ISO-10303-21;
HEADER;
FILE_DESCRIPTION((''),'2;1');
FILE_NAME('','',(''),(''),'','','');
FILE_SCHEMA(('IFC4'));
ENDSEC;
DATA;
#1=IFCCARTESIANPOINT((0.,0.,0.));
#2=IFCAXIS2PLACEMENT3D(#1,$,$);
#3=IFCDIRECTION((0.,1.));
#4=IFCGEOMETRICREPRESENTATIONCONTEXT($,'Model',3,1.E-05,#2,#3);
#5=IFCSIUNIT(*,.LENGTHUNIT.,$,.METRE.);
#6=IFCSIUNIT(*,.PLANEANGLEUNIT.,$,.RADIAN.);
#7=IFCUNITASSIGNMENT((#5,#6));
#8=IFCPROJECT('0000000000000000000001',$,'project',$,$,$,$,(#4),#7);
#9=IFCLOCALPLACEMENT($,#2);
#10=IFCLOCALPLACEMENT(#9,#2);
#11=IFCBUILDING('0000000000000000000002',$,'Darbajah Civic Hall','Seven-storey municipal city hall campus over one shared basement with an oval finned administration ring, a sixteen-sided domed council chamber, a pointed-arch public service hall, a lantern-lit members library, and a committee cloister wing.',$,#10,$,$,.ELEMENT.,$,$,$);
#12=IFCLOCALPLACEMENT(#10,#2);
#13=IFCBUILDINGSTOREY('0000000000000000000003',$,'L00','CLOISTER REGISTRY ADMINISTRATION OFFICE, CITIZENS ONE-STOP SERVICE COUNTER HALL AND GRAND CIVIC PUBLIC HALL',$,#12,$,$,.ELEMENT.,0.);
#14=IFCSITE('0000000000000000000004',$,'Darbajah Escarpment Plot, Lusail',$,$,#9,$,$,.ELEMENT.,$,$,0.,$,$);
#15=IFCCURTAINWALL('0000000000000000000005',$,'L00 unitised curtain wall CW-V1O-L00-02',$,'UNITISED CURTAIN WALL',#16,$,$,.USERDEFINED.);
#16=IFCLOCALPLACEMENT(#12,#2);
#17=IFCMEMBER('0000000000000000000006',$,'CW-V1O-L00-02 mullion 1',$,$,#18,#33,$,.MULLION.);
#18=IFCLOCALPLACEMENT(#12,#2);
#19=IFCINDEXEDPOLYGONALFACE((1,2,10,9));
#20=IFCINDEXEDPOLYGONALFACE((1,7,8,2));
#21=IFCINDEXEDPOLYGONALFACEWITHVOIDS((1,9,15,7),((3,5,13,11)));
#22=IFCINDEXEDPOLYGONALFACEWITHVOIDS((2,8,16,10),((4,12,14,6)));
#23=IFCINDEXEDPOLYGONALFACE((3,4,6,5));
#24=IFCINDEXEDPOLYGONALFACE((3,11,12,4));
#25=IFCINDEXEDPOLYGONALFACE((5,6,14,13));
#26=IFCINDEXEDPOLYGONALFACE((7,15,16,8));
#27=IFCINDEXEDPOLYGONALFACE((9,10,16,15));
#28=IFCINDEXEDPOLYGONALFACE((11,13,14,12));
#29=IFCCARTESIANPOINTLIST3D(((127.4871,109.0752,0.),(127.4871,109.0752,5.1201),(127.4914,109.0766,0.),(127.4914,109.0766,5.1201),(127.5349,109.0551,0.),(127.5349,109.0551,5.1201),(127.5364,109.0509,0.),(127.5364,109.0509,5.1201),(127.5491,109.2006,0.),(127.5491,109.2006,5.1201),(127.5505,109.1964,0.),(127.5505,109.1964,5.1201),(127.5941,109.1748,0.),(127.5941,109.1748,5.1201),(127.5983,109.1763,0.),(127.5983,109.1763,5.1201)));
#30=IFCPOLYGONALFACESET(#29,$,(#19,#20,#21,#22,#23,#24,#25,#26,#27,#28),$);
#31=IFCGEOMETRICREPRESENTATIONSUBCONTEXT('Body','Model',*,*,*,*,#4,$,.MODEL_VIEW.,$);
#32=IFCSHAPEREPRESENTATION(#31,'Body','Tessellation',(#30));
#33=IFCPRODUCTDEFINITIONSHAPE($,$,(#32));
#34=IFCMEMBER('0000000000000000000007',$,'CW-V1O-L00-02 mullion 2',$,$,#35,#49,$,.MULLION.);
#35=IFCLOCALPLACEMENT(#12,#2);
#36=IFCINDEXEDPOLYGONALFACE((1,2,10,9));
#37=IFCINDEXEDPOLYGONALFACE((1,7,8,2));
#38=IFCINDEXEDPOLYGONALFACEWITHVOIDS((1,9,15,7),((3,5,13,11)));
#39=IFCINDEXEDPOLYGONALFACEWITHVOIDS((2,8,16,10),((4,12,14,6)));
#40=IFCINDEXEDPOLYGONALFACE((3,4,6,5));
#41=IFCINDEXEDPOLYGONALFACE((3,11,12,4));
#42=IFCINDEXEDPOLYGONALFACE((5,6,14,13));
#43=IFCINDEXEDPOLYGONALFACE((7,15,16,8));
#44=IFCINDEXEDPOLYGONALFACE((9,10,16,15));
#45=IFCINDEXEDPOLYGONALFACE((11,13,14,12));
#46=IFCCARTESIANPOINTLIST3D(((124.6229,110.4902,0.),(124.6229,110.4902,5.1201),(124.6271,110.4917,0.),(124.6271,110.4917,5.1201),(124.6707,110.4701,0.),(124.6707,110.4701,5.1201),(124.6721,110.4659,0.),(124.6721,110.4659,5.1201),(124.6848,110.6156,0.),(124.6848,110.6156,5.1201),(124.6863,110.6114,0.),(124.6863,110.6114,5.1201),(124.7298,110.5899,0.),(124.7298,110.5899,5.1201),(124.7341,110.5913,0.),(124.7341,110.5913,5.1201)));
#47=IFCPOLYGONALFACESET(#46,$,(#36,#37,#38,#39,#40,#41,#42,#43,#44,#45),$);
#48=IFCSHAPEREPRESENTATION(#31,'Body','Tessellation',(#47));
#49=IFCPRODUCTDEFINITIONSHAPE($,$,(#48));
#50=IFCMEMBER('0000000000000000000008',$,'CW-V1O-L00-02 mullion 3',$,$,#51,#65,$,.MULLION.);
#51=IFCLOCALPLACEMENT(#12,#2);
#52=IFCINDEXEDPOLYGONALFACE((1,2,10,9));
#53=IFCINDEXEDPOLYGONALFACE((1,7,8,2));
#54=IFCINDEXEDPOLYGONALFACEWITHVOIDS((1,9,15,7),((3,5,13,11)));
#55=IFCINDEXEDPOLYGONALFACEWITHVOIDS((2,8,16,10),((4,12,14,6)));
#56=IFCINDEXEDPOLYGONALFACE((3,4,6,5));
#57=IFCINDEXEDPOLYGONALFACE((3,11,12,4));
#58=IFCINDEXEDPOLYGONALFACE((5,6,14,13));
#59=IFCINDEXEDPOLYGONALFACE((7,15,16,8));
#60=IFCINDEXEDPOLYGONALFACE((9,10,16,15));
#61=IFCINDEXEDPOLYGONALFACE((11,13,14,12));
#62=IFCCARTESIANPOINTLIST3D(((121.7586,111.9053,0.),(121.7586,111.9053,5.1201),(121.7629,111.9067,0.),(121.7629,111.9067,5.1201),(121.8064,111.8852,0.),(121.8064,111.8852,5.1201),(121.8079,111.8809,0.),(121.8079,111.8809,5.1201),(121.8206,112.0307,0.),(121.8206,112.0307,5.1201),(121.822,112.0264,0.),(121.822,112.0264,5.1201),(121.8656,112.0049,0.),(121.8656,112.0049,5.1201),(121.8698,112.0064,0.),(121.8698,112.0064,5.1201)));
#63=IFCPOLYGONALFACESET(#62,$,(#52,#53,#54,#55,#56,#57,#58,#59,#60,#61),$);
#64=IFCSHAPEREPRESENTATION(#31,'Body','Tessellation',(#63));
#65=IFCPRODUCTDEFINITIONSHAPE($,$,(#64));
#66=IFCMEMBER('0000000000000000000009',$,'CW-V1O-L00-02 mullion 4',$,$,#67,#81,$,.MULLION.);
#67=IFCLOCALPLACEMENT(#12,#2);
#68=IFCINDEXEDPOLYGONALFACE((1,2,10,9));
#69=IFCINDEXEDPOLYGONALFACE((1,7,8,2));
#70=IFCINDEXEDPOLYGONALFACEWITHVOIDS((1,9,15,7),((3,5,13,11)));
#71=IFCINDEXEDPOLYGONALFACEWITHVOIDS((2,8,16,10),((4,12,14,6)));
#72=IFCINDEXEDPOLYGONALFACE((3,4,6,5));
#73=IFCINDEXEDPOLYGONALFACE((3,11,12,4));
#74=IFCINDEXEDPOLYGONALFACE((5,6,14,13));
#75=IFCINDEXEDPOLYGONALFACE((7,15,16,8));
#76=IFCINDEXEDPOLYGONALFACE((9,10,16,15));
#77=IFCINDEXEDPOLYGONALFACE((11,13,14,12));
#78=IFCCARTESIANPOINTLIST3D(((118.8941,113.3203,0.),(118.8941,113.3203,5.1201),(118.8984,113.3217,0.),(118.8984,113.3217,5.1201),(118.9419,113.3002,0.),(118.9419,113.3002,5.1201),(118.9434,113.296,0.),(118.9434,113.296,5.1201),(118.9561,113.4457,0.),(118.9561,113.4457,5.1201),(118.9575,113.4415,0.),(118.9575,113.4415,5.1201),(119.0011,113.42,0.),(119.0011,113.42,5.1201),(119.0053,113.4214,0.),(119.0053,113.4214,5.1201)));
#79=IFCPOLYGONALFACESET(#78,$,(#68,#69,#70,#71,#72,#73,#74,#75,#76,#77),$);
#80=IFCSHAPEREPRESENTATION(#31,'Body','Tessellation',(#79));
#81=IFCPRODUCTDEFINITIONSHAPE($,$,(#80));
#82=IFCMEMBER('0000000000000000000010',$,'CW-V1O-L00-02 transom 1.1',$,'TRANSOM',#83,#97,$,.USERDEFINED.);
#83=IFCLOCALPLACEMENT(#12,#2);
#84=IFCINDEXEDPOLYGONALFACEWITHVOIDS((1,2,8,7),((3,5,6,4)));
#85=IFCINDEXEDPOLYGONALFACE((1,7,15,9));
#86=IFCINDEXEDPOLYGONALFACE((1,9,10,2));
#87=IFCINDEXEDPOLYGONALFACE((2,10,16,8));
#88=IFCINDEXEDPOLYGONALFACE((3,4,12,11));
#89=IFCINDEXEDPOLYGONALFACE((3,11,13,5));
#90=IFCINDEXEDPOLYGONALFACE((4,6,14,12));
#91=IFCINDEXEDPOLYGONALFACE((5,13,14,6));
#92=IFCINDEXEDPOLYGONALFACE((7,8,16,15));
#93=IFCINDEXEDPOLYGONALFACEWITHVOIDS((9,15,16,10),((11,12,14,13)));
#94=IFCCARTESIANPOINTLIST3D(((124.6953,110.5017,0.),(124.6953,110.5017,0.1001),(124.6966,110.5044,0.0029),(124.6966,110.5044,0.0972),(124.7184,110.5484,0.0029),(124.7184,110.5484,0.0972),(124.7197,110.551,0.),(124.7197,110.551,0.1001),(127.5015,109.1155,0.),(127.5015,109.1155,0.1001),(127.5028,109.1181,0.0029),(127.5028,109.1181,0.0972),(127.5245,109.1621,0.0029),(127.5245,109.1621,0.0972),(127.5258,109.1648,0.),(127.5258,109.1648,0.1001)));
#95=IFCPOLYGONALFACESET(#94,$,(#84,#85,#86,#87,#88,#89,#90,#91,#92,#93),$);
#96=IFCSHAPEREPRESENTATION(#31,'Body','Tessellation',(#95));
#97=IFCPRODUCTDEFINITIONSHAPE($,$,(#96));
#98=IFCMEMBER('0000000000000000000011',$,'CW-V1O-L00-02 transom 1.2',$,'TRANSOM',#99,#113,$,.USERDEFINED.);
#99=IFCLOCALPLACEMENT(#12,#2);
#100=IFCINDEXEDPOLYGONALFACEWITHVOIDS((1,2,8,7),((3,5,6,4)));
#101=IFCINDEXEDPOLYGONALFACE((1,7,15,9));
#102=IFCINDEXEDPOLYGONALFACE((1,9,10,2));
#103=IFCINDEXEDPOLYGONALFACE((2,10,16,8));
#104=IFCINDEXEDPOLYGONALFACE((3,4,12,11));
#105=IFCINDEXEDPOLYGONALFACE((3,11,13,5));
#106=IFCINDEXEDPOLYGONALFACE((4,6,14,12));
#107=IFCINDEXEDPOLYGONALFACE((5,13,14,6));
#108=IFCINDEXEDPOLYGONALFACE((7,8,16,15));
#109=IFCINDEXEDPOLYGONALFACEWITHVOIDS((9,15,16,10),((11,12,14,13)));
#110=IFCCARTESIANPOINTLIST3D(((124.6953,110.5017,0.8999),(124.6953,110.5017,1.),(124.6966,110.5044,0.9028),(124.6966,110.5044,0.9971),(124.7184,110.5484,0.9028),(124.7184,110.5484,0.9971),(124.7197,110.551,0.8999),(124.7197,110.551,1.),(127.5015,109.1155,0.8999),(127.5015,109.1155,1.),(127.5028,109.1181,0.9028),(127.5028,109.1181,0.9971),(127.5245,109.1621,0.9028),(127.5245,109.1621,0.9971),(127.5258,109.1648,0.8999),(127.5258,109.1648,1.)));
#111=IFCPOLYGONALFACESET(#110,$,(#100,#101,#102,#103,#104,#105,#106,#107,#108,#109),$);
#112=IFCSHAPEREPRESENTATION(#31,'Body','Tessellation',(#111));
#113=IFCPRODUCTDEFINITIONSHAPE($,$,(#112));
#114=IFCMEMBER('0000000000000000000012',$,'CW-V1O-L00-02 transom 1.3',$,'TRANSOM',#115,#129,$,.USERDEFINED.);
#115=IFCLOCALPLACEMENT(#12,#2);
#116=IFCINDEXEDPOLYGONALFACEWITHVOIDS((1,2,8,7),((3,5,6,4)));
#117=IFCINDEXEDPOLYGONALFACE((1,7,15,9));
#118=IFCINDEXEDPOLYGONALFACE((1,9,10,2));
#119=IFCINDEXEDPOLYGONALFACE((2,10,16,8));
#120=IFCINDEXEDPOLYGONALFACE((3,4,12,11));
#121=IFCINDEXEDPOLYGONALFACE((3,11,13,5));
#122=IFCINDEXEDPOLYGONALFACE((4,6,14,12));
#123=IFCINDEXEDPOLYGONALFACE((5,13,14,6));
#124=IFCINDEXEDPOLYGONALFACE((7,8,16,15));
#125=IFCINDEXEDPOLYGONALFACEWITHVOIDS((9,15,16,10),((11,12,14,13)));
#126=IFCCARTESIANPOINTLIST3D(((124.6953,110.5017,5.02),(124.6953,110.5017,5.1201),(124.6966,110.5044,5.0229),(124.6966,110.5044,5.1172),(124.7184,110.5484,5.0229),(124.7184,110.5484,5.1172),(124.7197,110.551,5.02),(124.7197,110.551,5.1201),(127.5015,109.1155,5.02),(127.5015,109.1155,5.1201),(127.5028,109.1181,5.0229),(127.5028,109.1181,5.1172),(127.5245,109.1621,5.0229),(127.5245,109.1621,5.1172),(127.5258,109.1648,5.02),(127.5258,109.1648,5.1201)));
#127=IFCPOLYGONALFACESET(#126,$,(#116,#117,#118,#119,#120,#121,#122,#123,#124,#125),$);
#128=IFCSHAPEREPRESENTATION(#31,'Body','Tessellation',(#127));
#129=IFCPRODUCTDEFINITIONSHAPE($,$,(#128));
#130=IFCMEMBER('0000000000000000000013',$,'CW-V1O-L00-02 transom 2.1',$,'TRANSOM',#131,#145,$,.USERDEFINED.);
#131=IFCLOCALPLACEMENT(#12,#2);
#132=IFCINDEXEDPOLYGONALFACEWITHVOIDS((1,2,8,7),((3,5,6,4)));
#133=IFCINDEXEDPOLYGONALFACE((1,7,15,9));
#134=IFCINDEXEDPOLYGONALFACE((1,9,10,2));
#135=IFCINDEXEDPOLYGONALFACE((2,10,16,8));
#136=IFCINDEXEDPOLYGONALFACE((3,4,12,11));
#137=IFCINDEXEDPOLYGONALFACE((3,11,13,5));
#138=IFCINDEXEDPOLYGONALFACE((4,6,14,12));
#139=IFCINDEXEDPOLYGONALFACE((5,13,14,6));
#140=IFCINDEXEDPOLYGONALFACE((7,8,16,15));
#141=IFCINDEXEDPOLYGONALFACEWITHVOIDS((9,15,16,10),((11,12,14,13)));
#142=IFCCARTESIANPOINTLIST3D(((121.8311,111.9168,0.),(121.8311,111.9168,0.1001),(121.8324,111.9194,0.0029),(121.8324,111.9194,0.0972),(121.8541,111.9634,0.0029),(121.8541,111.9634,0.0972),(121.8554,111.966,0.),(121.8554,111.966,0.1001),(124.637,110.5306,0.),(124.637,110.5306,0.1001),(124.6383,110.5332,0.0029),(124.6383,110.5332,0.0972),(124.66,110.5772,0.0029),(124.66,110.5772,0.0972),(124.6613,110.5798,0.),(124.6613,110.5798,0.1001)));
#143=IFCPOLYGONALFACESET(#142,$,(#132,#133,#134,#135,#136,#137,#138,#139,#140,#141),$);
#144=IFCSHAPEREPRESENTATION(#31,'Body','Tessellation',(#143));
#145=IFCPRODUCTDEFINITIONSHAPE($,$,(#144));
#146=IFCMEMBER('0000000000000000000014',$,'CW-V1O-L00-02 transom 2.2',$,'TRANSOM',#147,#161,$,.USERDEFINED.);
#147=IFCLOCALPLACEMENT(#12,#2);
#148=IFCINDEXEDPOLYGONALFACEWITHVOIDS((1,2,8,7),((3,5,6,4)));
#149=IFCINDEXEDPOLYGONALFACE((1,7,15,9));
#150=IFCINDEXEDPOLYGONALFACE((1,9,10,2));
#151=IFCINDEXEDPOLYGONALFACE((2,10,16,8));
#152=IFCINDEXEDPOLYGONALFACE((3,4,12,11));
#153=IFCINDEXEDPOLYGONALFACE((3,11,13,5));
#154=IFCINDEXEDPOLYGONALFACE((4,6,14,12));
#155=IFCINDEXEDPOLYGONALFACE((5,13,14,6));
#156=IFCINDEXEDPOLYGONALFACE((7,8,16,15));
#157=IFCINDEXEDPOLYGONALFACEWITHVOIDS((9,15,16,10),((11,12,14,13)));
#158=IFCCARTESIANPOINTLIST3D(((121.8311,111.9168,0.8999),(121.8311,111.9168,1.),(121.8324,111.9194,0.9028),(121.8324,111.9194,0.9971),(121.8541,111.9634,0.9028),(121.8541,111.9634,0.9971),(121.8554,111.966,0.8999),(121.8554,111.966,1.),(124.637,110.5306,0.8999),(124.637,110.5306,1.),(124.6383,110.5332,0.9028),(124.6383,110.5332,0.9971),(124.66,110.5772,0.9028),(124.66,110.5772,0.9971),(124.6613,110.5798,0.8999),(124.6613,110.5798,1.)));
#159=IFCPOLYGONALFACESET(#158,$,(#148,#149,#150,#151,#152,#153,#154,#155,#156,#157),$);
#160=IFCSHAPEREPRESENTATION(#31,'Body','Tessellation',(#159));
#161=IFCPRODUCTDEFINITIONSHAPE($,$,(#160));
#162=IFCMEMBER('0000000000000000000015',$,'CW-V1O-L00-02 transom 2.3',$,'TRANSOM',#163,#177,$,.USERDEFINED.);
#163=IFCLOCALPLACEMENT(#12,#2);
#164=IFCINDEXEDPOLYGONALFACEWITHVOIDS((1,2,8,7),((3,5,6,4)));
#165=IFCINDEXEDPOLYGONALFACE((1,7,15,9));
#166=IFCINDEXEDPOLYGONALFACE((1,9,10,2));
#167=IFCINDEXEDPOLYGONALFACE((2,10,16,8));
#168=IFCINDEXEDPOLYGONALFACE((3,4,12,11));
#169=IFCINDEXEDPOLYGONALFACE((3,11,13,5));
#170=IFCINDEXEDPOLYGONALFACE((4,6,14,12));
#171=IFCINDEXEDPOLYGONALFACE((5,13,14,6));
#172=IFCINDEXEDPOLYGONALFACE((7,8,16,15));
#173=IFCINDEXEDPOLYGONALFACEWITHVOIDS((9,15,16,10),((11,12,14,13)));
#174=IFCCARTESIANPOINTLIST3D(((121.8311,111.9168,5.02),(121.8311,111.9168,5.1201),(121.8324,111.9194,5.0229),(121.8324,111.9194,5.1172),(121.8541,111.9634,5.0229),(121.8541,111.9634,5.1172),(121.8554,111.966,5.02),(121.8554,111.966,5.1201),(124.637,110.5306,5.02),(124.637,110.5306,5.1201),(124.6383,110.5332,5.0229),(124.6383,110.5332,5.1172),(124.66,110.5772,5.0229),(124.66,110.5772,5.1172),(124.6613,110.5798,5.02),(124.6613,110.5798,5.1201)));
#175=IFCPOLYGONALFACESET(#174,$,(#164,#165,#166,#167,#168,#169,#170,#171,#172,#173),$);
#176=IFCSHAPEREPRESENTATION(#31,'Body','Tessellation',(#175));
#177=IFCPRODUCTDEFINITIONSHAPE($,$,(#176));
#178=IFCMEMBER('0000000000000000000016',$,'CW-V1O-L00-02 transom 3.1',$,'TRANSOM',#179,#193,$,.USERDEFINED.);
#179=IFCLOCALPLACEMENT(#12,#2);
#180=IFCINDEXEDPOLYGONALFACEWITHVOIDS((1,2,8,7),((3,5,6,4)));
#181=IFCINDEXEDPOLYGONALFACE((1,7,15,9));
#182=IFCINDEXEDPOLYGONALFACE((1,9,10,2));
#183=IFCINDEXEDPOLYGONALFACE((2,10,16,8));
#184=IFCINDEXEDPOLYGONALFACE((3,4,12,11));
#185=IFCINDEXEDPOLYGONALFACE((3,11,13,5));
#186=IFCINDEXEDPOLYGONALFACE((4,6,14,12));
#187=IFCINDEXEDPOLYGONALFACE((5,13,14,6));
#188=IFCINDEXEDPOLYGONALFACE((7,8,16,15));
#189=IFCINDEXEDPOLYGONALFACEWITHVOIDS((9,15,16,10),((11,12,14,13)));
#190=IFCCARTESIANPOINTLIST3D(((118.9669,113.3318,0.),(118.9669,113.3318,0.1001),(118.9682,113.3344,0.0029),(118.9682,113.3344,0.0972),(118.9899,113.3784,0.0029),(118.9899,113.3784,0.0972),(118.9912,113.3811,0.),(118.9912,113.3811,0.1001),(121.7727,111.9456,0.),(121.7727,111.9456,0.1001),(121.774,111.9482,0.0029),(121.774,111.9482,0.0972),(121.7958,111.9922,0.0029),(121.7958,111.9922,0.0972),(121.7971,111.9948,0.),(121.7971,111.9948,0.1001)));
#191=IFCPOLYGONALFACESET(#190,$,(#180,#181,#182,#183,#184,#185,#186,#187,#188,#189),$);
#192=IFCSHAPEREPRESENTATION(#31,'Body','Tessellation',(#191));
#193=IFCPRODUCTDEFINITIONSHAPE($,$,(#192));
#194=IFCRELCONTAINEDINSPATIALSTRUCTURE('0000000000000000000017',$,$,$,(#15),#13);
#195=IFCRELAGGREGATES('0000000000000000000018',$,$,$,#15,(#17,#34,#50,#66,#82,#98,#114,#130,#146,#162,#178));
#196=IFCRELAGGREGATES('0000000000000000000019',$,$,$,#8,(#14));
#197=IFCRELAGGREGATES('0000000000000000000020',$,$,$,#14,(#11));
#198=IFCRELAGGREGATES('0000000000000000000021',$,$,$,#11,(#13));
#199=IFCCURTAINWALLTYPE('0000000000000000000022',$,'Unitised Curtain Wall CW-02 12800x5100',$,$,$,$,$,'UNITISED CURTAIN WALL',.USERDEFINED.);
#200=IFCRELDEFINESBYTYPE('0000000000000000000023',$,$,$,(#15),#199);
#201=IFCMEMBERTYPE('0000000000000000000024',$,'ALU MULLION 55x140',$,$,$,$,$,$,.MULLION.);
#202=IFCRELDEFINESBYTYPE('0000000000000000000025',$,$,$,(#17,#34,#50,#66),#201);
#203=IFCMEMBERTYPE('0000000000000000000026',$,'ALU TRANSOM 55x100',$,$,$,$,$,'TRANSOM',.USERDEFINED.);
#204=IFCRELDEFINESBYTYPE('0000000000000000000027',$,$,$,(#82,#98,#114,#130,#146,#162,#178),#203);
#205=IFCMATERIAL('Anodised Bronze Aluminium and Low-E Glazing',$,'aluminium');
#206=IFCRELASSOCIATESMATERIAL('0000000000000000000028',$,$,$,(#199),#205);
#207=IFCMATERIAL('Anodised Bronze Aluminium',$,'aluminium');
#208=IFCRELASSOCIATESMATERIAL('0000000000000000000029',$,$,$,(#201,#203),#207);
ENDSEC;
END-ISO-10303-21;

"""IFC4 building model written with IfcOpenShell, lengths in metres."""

from ifc_helpers import new_model, si_unit, direction, frame, origin, origin_2d, place, context, subcontext, project, spatial, hollow_rectangle, extrude, material, material_profile, profile_set, type_object, element, aggregate, save


model = new_model("IFC4")

# Units and contexts
model_context = context("Model", 3, precision=1e-05, world=origin(), true_north=direction((0.0, 1.0)))
body_context = subcontext(model_context, "Body", "Model", "MODEL_VIEW")
ifc_project = project(units=[si_unit("LENGTHUNIT", "METRE"), si_unit("PLANEANGLEUNIT", "RADIAN")], contexts=[model_context])

# Site, building, storey
site_placement = place(None, origin())
site = spatial("IfcSite", under=ifc_project, at=site_placement, Name="Darbajah Escarpment Plot, Lusail", CompositionType="ELEMENT", RefElevation=0.0)
building_placement = place(site_placement, origin())
building = spatial("IfcBuilding", under=site, at=building_placement, Name="Darbajah Civic Hall", Description="Seven-storey municipal city hall campus over one shared basement with an oval finned administration ring, a sixteen-sided domed council chamber, a pointed-arch public service hall, a lantern-lit members library, and a committee cloister wing.", CompositionType="ELEMENT")
storey_placement = place(building_placement, origin())
storey = spatial("IfcBuildingStorey", under=building, at=storey_placement, Name="L00", Description="CLOISTER REGISTRY ADMINISTRATION OFFICE, CITIZENS ONE-STOP SERVICE COUNTER HALL AND GRAND CIVIC PUBLIC HALL", CompositionType="ELEMENT", Elevation=0.0)

# Curtain wall, members
ifc_material_1 = material(Name="Anodised Bronze Aluminium and Low-E Glazing", Category="aluminium")
curtain_wall_type = type_object("IfcCurtainWallType", Name="Unitised Curtain Wall CW-02 12800x5100", ElementType="UNITISED CURTAIN WALL", PredefinedType="USERDEFINED", material=ifc_material_1)
curtain_wall_placement = place(storey_placement, origin())
curtain_wall = element("IfcCurtainWall", 1, at=curtain_wall_placement, inside=storey, type_object=curtain_wall_type, Name="L00 unitised curtain wall CW-V1O-L00-02", ObjectType="UNITISED CURTAIN WALL", PredefinedType="USERDEFINED")
ifc_material_2 = material(Name="Anodised Bronze Aluminium", Category="aluminium")
ifc_material_profile_1 = material_profile(ifc_material_2, hollow_rectangle(XDim=0.0549, YDim=0.1399, WallThickness=0.0032, at=origin_2d()), Name="ALU MULLION 55x140")
ifc_profile_set_1 = profile_set([ifc_material_profile_1], Name="Anodised Bronze Aluminium")
member_type_1 = type_object("IfcMemberType", Name="ALU MULLION 55x140", PredefinedType="MULLION", material=ifc_profile_set_1)
member_1_placement = place(storey_placement, frame((127.5427, 109.1257, 0.0), z_axis=(0.0, 0.0, 1.0), x_axis=(-0.896564, 0.442915, 0.0)))
member_1 = element("IfcMember", 2, at=member_1_placement, type_object=member_type_1, Name="CW-V1O-L00-02 mullion 1", PredefinedType="MULLION", context=body_context, shape_type="SweptSolid", body=[
    extrude(hollow_rectangle(XDim=0.0549, YDim=0.1399, WallThickness=0.0032, at=origin_2d()), origin(), (0.0, 0.0, 1.0), 5.1201),
])
member_2_placement = place(storey_placement, frame((124.6785, 110.5408, 0.0), z_axis=(0.0, 0.0, 1.0), x_axis=(-0.896564, 0.442915, 0.0)))
member_2 = element("IfcMember", 3, at=member_2_placement, type_object=member_type_1, Name="CW-V1O-L00-02 mullion 2", PredefinedType="MULLION", context=body_context, shape_type="SweptSolid", body=[
    extrude(hollow_rectangle(XDim=0.0549, YDim=0.1399, WallThickness=0.0032, at=origin_2d()), origin(), (0.0, 0.0, 1.0), 5.1201),
])
member_3_placement = place(storey_placement, frame((121.8142, 111.9558, 0.0), z_axis=(0.0, 0.0, 1.0), x_axis=(-0.896564, 0.442915, 0.0)))
member_3 = element("IfcMember", 4, at=member_3_placement, type_object=member_type_1, Name="CW-V1O-L00-02 mullion 3", PredefinedType="MULLION", context=body_context, shape_type="SweptSolid", body=[
    extrude(hollow_rectangle(XDim=0.0549, YDim=0.1399, WallThickness=0.0032, at=origin_2d()), origin(), (0.0, 0.0, 1.0), 5.1201),
])
member_4_placement = place(storey_placement, frame((118.9497, 113.3708, 0.0), z_axis=(0.0, 0.0, 1.0), x_axis=(-0.896564, 0.442915, 0.0)))
member_4 = element("IfcMember", 5, at=member_4_placement, type_object=member_type_1, Name="CW-V1O-L00-02 mullion 4", PredefinedType="MULLION", context=body_context, shape_type="SweptSolid", body=[
    extrude(hollow_rectangle(XDim=0.0549, YDim=0.1399, WallThickness=0.0032, at=origin_2d()), origin(), (0.0, 0.0, 1.0), 5.1201),
])
ifc_material_profile_2 = material_profile(ifc_material_2, hollow_rectangle(XDim=0.0549, YDim=0.1001, WallThickness=0.0029, at=origin_2d()), Name="ALU TRANSOM 55x100")
ifc_profile_set_2 = profile_set([ifc_material_profile_2], Name="Anodised Bronze Aluminium")
member_type_2 = type_object("IfcMemberType", Name="ALU TRANSOM 55x100", ElementType="TRANSOM", PredefinedType="USERDEFINED", material=ifc_profile_set_2)
member_5_placement = place(storey_placement, frame((127.5137, 109.1401, 0.05), z_axis=(-0.89657, 0.442903, 0.0), x_axis=(-0.442903, -0.89657, 0.0)))
member_5 = element("IfcMember", 6, at=member_5_placement, type_object=member_type_2, Name="CW-V1O-L00-02 transom 1.1", ObjectType="TRANSOM", PredefinedType="USERDEFINED", context=body_context, shape_type="SweptSolid", body=[
    extrude(hollow_rectangle(XDim=0.0549, YDim=0.1001, WallThickness=0.0029, at=origin_2d()), origin(), (0.0, 0.0, 1.0), 3.1299),
])
member_6_placement = place(storey_placement, frame((127.5137, 109.1401, 0.95), z_axis=(-0.89657, 0.442903, 0.0), x_axis=(-0.442903, -0.89657, 0.0)))
member_6 = element("IfcMember", 7, at=member_6_placement, type_object=member_type_2, Name="CW-V1O-L00-02 transom 1.2", ObjectType="TRANSOM", PredefinedType="USERDEFINED", context=body_context, shape_type="SweptSolid", body=[
    extrude(hollow_rectangle(XDim=0.0549, YDim=0.1001, WallThickness=0.0029, at=origin_2d()), origin(), (0.0, 0.0, 1.0), 3.1299),
])
member_7_placement = place(storey_placement, frame((127.5137, 109.1401, 5.0701), z_axis=(-0.89657, 0.442903, 0.0), x_axis=(-0.442903, -0.89657, 0.0)))
member_7 = element("IfcMember", 8, at=member_7_placement, type_object=member_type_2, Name="CW-V1O-L00-02 transom 1.3", ObjectType="TRANSOM", PredefinedType="USERDEFINED", context=body_context, shape_type="SweptSolid", body=[
    extrude(hollow_rectangle(XDim=0.0549, YDim=0.1001, WallThickness=0.0029, at=origin_2d()), origin(), (0.0, 0.0, 1.0), 3.1299),
])
member_8_placement = place(storey_placement, frame((124.6492, 110.5552, 0.05), z_axis=(-0.896554, 0.442934, 0.0), x_axis=(-0.442934, -0.896554, 0.0)))
member_8 = element("IfcMember", 9, at=member_8_placement, type_object=member_type_2, Name="CW-V1O-L00-02 transom 2.1", ObjectType="TRANSOM", PredefinedType="USERDEFINED", context=body_context, shape_type="SweptSolid", body=[
    extrude(hollow_rectangle(XDim=0.0549, YDim=0.1001, WallThickness=0.0029, at=origin_2d()), origin(), (0.0, 0.0, 1.0), 3.1296),
])
member_9_placement = place(storey_placement, frame((124.6492, 110.5552, 0.95), z_axis=(-0.896554, 0.442934, 0.0), x_axis=(-0.442934, -0.896554, 0.0)))
member_9 = element("IfcMember", 10, at=member_9_placement, type_object=member_type_2, Name="CW-V1O-L00-02 transom 2.2", ObjectType="TRANSOM", PredefinedType="USERDEFINED", context=body_context, shape_type="SweptSolid", body=[
    extrude(hollow_rectangle(XDim=0.0549, YDim=0.1001, WallThickness=0.0029, at=origin_2d()), origin(), (0.0, 0.0, 1.0), 3.1296),
])
member_10_placement = place(storey_placement, frame((124.6492, 110.5552, 5.0701), z_axis=(-0.896554, 0.442934, 0.0), x_axis=(-0.442934, -0.896554, 0.0)))
member_10 = element("IfcMember", 11, at=member_10_placement, type_object=member_type_2, Name="CW-V1O-L00-02 transom 2.3", ObjectType="TRANSOM", PredefinedType="USERDEFINED", context=body_context, shape_type="SweptSolid", body=[
    extrude(hollow_rectangle(XDim=0.0549, YDim=0.1001, WallThickness=0.0029, at=origin_2d()), origin(), (0.0, 0.0, 1.0), 3.1296),
])
member_11_placement = place(storey_placement, frame((121.7849, 111.9702, 0.05), z_axis=(-0.896554, 0.442934, 0.0), x_axis=(-0.442934, -0.896554, 0.0)))
member_11 = element("IfcMember", 12, at=member_11_placement, type_object=member_type_2, Name="CW-V1O-L00-02 transom 3.1", ObjectType="TRANSOM", PredefinedType="USERDEFINED", context=body_context, shape_type="SweptSolid", body=[
    extrude(hollow_rectangle(XDim=0.0549, YDim=0.1001, WallThickness=0.0029, at=origin_2d()), origin(), (0.0, 0.0, 1.0), 3.1296),
])
aggregate(curtain_wall, [member_1, member_2, member_3, member_4, member_5, member_6, member_7, member_8, member_9, member_10, member_11])

save(model, "model.ifc")
